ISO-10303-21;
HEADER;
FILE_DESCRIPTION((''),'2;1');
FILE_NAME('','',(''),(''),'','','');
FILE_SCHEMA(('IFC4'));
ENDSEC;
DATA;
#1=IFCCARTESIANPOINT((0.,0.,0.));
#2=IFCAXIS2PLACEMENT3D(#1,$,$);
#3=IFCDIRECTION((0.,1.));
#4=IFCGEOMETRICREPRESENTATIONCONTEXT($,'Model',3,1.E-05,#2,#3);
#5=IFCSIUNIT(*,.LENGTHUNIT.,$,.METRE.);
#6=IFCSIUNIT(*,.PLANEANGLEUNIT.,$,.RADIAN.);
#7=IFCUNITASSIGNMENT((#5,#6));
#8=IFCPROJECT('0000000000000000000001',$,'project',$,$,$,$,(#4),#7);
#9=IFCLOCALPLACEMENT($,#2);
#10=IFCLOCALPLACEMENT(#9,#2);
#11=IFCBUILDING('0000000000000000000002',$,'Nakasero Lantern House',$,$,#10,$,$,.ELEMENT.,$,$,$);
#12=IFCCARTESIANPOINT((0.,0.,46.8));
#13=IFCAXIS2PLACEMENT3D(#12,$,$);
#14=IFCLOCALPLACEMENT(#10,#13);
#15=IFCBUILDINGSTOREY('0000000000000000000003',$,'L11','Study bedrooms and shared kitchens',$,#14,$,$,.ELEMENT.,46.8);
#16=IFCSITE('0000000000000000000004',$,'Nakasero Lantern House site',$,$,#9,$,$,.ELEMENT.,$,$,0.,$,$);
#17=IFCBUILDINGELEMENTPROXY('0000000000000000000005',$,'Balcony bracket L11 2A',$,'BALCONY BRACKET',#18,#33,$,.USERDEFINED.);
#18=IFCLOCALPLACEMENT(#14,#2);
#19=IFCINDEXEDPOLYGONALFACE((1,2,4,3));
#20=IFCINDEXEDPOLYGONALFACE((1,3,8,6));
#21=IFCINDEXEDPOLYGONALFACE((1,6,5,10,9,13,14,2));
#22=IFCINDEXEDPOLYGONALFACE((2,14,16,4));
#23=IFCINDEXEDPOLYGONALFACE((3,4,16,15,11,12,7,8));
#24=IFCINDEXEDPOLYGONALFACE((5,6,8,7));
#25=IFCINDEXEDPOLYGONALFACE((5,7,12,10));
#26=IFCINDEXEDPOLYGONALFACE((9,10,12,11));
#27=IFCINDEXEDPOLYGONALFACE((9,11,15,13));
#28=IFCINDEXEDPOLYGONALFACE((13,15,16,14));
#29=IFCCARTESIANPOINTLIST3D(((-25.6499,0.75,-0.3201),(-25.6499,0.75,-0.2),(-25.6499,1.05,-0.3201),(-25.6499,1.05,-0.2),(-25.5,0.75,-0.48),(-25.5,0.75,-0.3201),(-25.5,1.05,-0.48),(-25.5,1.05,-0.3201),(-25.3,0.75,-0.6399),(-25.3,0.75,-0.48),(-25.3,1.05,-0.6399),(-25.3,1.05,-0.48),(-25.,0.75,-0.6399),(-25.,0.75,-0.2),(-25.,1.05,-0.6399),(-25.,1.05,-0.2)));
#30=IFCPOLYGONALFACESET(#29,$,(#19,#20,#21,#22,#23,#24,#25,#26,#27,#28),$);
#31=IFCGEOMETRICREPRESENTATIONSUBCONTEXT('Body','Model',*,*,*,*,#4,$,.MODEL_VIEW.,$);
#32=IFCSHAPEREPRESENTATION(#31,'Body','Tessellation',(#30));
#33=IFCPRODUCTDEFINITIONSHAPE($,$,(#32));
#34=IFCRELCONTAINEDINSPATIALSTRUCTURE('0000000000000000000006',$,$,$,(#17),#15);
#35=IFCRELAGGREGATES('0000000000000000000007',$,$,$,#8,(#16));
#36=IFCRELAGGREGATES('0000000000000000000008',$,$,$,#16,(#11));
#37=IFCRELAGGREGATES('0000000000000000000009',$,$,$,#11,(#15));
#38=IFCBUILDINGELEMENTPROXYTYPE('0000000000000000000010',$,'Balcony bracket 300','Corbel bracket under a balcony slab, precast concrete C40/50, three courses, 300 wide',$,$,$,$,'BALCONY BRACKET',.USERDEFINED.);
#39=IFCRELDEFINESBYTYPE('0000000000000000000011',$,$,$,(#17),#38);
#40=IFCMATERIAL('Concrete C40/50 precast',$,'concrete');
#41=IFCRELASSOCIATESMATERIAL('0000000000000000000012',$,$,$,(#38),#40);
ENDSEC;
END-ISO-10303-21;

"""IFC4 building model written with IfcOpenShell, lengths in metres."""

from ifc_helpers import new_model, si_unit, direction, frame, origin, place, context, subcontext, project, spatial, polyline, outline, extrude, material, type_object, element, save


model = new_model("IFC4")

# Units and contexts
model_context = context("Model", 3, precision=1e-05, world=origin(), true_north=direction((0.0, 1.0)))
body_context = subcontext(model_context, "Body", "Model", "MODEL_VIEW")
ifc_project = project(units=[si_unit("LENGTHUNIT", "METRE"), si_unit("PLANEANGLEUNIT", "RADIAN")], contexts=[model_context])

# Site, building, storey
site_placement = place(None, origin())
site = spatial("IfcSite", under=ifc_project, at=site_placement, Name="Nakasero Lantern House site", CompositionType="ELEMENT", RefElevation=0.0)
building_placement = place(site_placement, origin())
building = spatial("IfcBuilding", under=site, at=building_placement, Name="Nakasero Lantern House", CompositionType="ELEMENT")
storey_placement = place(building_placement, frame((0.0, 0.0, 46.8)))
storey = spatial("IfcBuildingStorey", under=building, at=storey_placement, Name="L11", Description="Study bedrooms and shared kitchens", CompositionType="ELEMENT", Elevation=46.8)

# Building element proxy
ifc_material_1 = material(Name="Concrete C40/50 precast", Category="concrete")
building_element_proxy_type = type_object("IfcBuildingElementProxyType", Name="Balcony bracket 300", Description="Corbel bracket under a balcony slab, precast concrete C40/50, three courses, 300 wide", ElementType="BALCONY BRACKET", PredefinedType="USERDEFINED", material=ifc_material_1)
proxy_placement = place(storey_placement, frame((-25.0, 0.8999, -0.2), z_axis=(0.0, 0.0, 1.0), x_axis=(-1.0, 0.0, 0.0)))
element("IfcBuildingElementProxy", 1, at=proxy_placement, inside=storey, type_object=building_element_proxy_type, Name="Balcony bracket L11 2A", ObjectType="BALCONY BRACKET", PredefinedType="USERDEFINED", context=body_context, shape_type="SweptSolid", body=[
    extrude(outline(polyline([(0.0, 0.0), (0.6499, 0.0), (0.6499, -0.1201), (0.5, -0.1201), (0.5, -0.28), (0.3, -0.28), (0.3, -0.4399), (0.0, -0.4399), (0.0, 0.0)])), frame((0.0, 0.1499, 0.0), z_axis=(0.0, -1.0, 0.0), x_axis=(1.0, 0.0, 0.0)), (0.0, 0.0, 1.0), 0.3),
])

save(model, "model.ifc")
